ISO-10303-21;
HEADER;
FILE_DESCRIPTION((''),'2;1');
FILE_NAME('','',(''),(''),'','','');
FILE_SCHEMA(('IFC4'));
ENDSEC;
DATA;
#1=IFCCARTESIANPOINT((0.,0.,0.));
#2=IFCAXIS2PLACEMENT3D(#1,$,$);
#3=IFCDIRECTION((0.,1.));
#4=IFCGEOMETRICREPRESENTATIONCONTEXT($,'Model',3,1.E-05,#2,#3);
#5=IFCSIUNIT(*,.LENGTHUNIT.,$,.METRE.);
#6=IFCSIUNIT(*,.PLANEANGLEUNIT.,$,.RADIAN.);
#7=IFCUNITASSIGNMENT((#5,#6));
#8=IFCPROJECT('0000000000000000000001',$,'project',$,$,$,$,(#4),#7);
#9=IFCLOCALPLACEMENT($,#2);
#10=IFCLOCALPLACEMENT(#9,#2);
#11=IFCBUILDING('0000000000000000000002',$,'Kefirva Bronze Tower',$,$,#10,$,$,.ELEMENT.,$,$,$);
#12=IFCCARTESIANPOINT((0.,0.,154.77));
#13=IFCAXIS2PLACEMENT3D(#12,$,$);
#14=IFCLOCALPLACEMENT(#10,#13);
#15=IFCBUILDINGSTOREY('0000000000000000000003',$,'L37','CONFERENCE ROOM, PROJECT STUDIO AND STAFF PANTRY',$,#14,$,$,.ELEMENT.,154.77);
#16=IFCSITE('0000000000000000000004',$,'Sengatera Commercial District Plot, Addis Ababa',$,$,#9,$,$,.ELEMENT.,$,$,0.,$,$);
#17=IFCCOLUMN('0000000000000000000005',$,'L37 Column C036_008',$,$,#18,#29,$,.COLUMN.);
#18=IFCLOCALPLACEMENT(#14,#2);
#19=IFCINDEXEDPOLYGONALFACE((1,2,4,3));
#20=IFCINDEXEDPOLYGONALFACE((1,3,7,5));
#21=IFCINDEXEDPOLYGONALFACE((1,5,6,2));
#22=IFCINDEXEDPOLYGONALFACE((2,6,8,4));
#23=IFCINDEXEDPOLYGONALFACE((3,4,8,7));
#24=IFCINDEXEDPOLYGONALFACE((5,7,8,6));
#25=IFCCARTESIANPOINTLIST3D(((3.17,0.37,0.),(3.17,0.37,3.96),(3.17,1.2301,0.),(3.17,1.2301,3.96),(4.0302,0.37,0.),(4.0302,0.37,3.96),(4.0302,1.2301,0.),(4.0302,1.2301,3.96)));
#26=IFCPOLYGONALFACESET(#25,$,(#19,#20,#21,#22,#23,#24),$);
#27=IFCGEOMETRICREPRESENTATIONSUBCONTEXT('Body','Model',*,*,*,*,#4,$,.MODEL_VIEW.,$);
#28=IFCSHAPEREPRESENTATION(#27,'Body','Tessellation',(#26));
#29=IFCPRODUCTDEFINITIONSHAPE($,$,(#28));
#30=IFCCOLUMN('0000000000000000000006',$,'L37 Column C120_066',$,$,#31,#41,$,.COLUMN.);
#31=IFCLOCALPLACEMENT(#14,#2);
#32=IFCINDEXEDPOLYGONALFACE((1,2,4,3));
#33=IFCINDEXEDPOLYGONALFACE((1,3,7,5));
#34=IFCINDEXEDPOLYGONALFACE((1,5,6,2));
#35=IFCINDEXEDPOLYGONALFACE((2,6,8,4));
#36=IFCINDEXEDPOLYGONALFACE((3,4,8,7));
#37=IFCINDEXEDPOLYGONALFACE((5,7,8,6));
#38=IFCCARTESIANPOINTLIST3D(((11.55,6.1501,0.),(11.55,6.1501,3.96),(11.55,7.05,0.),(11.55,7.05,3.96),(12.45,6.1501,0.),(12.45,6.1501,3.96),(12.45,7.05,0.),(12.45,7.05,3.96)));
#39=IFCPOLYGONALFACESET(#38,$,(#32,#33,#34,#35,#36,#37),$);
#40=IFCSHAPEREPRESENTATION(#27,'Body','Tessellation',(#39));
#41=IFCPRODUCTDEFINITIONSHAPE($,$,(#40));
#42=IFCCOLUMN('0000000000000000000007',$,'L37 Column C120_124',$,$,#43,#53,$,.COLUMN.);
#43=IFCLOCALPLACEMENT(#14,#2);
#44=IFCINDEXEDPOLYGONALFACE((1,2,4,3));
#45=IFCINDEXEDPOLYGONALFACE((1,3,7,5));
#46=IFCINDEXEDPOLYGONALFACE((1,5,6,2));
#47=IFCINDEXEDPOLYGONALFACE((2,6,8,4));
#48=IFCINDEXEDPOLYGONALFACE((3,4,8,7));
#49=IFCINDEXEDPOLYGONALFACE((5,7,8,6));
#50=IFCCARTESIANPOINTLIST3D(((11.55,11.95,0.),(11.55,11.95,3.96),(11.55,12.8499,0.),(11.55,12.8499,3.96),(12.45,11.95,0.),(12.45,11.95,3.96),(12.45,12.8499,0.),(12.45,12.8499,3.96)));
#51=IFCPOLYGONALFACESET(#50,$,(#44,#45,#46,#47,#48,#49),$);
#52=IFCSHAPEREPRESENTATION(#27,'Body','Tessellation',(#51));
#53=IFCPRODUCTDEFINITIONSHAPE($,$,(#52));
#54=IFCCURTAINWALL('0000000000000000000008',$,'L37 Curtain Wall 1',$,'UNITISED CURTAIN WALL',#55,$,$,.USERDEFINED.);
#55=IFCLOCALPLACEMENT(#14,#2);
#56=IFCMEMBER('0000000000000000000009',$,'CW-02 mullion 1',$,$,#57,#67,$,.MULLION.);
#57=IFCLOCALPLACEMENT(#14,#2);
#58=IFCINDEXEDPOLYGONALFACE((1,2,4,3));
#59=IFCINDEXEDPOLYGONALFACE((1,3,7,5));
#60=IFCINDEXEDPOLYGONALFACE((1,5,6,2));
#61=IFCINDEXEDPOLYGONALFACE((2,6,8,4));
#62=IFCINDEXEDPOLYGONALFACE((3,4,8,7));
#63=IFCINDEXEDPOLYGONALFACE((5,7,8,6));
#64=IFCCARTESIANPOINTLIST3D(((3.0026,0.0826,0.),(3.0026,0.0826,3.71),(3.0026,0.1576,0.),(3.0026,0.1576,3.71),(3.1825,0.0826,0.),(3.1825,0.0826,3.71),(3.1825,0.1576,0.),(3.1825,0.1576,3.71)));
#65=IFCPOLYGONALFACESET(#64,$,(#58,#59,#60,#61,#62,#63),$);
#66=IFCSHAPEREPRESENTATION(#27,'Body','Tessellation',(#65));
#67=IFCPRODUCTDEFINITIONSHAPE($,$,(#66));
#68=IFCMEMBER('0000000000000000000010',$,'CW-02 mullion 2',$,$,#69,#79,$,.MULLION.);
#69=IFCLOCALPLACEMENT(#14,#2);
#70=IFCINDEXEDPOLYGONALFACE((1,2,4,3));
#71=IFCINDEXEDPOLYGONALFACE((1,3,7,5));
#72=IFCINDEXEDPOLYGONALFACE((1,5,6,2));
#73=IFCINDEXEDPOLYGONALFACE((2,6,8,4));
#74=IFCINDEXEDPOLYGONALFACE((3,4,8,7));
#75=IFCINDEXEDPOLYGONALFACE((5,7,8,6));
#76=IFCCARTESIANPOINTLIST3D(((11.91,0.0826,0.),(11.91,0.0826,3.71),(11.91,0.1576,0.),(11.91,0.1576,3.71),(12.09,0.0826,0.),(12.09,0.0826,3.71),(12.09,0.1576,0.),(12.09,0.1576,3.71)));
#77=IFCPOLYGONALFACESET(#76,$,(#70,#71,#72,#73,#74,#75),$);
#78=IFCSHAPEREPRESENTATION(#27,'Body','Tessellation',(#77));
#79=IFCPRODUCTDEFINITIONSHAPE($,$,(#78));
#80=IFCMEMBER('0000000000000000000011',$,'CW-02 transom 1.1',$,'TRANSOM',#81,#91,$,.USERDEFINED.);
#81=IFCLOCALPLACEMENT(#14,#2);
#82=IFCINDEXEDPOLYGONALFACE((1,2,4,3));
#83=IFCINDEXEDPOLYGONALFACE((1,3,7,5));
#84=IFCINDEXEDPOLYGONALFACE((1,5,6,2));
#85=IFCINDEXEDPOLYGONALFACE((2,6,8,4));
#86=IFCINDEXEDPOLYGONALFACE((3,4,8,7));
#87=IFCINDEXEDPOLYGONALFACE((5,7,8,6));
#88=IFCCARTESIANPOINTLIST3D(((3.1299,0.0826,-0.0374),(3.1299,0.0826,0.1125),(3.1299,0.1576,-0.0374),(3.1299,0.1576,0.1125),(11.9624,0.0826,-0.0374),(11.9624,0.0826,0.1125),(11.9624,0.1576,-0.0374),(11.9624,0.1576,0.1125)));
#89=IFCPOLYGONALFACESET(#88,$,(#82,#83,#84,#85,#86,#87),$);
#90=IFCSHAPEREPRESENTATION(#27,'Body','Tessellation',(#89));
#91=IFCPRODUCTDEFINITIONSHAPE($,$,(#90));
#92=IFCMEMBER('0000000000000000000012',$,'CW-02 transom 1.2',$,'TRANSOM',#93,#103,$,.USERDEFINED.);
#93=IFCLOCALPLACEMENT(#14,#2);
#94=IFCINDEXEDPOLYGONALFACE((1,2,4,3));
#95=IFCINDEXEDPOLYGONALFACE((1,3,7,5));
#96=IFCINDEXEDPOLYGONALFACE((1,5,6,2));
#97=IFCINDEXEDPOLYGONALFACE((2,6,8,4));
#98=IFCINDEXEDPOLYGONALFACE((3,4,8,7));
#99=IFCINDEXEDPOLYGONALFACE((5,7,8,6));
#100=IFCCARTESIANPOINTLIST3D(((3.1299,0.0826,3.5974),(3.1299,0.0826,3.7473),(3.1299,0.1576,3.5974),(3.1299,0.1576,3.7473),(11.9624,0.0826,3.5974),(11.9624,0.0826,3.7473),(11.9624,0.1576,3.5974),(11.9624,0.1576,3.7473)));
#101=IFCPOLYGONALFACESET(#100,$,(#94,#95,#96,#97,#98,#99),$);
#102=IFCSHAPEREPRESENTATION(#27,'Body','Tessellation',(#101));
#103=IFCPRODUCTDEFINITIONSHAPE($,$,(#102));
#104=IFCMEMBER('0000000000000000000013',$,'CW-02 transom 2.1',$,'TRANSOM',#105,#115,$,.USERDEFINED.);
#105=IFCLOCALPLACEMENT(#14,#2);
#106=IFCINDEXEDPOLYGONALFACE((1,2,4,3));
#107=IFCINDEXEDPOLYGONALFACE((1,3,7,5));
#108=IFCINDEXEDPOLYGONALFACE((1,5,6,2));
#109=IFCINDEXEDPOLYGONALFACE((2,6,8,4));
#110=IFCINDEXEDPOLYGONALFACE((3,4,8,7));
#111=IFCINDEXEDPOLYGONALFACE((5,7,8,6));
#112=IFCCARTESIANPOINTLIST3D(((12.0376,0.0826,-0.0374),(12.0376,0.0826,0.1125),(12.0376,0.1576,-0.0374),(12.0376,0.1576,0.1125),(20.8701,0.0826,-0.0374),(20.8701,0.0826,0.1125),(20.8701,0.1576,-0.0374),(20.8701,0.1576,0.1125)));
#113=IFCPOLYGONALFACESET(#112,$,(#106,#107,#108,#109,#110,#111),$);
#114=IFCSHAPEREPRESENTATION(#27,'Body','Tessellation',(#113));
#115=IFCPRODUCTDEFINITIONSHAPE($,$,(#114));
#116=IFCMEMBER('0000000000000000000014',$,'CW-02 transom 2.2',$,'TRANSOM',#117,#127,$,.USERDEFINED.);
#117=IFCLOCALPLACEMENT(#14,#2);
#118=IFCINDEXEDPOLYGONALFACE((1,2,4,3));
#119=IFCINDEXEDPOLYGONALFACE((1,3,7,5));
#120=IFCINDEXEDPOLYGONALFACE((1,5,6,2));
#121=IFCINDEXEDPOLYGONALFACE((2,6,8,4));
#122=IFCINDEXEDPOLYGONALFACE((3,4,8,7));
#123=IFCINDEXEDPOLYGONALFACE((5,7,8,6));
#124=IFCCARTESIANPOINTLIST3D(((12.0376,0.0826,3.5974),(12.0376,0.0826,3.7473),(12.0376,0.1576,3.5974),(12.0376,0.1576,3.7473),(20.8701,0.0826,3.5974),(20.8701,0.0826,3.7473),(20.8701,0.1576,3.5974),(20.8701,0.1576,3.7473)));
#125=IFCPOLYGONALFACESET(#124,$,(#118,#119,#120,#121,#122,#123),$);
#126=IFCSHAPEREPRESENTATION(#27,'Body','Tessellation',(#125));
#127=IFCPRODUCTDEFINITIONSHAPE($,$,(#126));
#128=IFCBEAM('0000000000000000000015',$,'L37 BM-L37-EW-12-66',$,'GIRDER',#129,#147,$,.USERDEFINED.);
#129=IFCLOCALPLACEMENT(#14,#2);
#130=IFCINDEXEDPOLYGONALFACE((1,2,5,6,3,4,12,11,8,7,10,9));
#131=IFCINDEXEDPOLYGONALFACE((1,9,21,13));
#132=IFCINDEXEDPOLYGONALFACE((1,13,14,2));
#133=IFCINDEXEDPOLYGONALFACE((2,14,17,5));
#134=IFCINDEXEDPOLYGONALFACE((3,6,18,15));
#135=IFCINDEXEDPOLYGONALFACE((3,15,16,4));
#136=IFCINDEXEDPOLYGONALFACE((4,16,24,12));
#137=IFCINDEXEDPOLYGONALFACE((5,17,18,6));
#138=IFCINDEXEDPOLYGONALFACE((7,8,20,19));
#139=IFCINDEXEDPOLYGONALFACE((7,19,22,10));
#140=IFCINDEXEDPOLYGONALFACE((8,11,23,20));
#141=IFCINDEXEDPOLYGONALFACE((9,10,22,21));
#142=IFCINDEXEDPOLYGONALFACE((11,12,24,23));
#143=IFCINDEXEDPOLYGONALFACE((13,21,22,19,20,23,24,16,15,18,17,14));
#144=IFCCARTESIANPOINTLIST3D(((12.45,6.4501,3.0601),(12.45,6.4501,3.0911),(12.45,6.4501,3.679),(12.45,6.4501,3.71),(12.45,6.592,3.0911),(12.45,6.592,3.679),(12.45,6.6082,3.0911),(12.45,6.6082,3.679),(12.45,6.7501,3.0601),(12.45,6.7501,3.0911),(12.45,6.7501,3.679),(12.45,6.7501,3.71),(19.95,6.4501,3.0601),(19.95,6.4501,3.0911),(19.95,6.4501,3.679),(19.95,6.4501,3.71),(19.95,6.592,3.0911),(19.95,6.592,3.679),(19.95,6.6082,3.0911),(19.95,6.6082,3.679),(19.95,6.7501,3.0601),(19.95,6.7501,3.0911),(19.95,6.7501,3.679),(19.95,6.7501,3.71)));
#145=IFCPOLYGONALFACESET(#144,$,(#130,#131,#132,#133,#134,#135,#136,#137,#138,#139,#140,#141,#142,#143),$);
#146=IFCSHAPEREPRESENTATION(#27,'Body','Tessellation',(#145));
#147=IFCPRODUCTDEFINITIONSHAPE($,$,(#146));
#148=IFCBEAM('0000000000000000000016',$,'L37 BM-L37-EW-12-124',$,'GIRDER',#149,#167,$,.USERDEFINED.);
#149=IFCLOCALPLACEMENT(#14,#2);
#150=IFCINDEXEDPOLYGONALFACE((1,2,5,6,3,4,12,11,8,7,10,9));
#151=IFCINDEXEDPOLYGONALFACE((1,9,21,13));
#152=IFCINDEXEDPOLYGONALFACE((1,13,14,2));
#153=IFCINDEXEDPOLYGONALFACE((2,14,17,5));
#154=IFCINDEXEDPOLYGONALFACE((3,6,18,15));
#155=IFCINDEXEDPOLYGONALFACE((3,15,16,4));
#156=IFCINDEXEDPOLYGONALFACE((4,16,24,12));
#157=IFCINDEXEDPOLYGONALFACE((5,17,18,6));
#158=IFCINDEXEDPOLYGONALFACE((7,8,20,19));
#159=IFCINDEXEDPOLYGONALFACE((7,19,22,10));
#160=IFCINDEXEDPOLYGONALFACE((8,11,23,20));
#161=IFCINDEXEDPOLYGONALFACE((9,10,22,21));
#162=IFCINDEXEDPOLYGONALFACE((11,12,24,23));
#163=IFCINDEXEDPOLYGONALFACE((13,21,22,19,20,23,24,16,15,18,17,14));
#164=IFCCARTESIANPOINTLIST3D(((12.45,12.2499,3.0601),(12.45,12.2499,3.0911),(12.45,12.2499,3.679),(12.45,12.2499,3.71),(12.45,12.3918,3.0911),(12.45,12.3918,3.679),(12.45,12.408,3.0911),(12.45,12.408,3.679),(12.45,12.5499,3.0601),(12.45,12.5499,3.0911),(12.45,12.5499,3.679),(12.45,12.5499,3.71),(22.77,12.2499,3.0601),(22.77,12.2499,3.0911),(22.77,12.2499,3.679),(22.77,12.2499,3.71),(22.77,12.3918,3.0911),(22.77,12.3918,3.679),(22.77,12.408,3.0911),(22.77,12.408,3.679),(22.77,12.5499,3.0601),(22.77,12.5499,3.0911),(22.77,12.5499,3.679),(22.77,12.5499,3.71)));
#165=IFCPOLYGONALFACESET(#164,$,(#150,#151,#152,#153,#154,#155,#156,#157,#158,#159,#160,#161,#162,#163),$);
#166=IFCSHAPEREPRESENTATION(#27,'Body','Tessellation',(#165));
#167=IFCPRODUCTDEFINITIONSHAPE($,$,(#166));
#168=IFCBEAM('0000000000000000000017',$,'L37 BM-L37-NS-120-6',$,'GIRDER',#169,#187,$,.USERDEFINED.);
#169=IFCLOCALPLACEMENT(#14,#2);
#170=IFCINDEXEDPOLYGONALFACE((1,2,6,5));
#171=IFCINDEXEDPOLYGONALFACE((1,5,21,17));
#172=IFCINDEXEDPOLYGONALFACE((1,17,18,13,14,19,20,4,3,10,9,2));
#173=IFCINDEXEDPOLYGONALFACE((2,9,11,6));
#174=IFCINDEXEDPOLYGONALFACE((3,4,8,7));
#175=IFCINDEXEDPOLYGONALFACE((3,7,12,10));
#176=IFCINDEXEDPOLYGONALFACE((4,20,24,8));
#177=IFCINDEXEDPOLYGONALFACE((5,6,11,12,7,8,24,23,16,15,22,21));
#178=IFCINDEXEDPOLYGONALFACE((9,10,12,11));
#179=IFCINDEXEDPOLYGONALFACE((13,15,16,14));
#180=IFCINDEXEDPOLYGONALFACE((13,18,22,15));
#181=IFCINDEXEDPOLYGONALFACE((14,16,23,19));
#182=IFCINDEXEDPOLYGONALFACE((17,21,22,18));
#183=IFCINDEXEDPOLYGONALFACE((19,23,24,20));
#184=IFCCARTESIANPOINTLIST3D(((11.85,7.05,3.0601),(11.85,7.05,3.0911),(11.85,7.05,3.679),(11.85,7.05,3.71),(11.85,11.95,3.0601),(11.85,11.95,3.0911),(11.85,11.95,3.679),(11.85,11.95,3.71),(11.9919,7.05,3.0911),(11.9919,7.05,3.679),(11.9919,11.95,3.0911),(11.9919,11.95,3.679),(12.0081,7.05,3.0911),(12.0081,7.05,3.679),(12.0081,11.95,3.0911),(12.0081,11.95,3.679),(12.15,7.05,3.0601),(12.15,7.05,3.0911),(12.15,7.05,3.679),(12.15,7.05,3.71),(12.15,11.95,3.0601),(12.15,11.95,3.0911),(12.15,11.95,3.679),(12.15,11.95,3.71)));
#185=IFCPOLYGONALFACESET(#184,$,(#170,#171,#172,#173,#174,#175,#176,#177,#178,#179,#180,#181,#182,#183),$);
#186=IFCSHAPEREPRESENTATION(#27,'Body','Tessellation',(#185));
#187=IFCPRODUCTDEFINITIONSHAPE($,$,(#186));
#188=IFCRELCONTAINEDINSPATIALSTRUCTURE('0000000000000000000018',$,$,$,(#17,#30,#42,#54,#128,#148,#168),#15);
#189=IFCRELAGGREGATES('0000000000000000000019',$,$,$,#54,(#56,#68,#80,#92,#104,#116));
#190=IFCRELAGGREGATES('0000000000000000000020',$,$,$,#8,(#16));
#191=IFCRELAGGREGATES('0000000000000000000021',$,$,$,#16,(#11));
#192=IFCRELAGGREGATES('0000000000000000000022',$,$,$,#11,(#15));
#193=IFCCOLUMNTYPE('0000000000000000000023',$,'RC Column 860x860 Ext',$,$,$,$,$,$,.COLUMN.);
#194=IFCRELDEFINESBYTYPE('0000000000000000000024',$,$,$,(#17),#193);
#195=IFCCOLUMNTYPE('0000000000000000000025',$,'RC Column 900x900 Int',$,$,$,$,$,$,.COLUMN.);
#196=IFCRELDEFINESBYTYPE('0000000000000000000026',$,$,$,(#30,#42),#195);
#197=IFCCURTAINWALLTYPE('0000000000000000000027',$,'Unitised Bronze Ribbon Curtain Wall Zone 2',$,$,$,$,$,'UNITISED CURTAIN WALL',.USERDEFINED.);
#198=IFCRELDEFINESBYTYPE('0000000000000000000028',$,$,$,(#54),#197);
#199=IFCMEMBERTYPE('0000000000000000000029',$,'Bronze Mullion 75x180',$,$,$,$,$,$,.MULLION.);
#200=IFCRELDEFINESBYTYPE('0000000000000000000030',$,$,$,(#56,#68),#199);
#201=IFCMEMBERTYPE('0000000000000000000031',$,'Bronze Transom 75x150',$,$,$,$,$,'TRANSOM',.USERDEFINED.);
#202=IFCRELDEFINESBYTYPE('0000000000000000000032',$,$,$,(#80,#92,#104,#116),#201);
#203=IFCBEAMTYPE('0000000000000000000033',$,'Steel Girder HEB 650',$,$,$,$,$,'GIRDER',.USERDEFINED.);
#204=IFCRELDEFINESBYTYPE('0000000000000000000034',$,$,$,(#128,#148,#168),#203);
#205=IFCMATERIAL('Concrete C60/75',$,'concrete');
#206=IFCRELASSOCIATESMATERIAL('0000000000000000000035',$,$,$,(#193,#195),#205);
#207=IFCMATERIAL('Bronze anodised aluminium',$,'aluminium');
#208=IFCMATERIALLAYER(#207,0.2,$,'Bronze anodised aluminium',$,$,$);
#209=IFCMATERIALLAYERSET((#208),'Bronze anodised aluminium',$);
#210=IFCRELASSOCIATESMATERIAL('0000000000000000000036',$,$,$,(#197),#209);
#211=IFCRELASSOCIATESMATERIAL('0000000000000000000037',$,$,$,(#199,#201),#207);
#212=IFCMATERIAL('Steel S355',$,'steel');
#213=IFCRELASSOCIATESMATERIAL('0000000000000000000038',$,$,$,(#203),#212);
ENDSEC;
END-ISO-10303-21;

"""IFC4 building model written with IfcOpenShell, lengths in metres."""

from ifc_helpers import new_model, si_unit, direction, frame, origin, origin_2d, place, context, subcontext, project, spatial, rectangle, i_section, extrude, material, layer, layer_set, material_profile, profile_set, type_object, element, aggregate, save


model = new_model("IFC4")

# Units and contexts
model_context = context("Model", 3, precision=1e-05, world=origin(), true_north=direction((0.0, 1.0)))
body_context = subcontext(model_context, "Body", "Model", "MODEL_VIEW")
ifc_project = project(units=[si_unit("LENGTHUNIT", "METRE"), si_unit("PLANEANGLEUNIT", "RADIAN")], contexts=[model_context])

# Site, building, storey
site_placement = place(None, origin())
site = spatial("IfcSite", under=ifc_project, at=site_placement, Name="Sengatera Commercial District Plot, Addis Ababa", CompositionType="ELEMENT", RefElevation=0.0)
building_placement = place(site_placement, origin())
building = spatial("IfcBuilding", under=site, at=building_placement, Name="Kefirva Bronze Tower", CompositionType="ELEMENT")
storey_placement = place(building_placement, frame((0.0, 0.0, 154.77)))
storey = spatial("IfcBuildingStorey", under=building, at=storey_placement, Name="L37", Description="CONFERENCE ROOM, PROJECT STUDIO AND STAFF PANTRY", CompositionType="ELEMENT", Elevation=154.77)

# Columns
ifc_material_1 = material(Name="Concrete C60/75", Category="concrete")
ifc_material_profile_1 = material_profile(ifc_material_1, rectangle(XDim=0.8601, YDim=0.8601, at=origin_2d()), Name="RC 860x860")
ifc_profile_set_1 = profile_set([ifc_material_profile_1], Name="Concrete C60/75")
column_type_1 = type_object("IfcColumnType", Name="RC Column 860x860 Ext", PredefinedType="COLUMN", material=ifc_profile_set_1)
column_placement = place(storey_placement, frame((3.6001, 0.8, 0.0), z_axis=(0.0, 0.0, 1.0), x_axis=(1.0, 0.0, 0.0)))
element("IfcColumn", 1, at=column_placement, inside=storey, type_object=column_type_1, Name="L37 Column C036_008", PredefinedType="COLUMN", context=body_context, shape_type="SweptSolid", body=[
    extrude(rectangle(XDim=0.8601, YDim=0.8601, at=origin_2d()), origin(), (0.0, 0.0, 1.0), 3.96),
])
ifc_material_profile_2 = material_profile(ifc_material_1, rectangle(XDim=0.8999, YDim=0.8999, at=origin_2d()), Name="RC 900x900")
ifc_profile_set_2 = profile_set([ifc_material_profile_2], Name="Concrete C60/75")
column_type_2 = type_object("IfcColumnType", Name="RC Column 900x900 Int", PredefinedType="COLUMN", material=ifc_profile_set_2)
for number, where, z_axis, x_axis, name in (
    (2, (12.0, 6.6001, 0.0), (0.0, 0.0, 1.0), (1.0, 0.0, 0.0), "L37 Column C120_066"),
    (3, (12.0, 12.3999, 0.0), (0.0, 0.0, 1.0), (1.0, 0.0, 0.0), "L37 Column C120_124"),
):
    element("IfcColumn", number, at=place(storey_placement, frame(where, z_axis=z_axis, x_axis=x_axis)), inside=storey, type_object=column_type_2, Name=name, PredefinedType="COLUMN", context=body_context, shape_type="SweptSolid", body=[
        extrude(rectangle(XDim=0.8999, YDim=0.8999, at=origin_2d()), origin(), (0.0, 0.0, 1.0), 3.96),
    ])

# Curtain wall, members
ifc_material_2 = material(Name="Bronze anodised aluminium", Category="aluminium")
ifc_layer_1 = layer(ifc_material_2, 0.2, Name="Bronze anodised aluminium")
ifc_layer_set_1 = layer_set([ifc_layer_1], Name="Bronze anodised aluminium")
curtain_wall_type = type_object("IfcCurtainWallType", Name="Unitised Bronze Ribbon Curtain Wall Zone 2", ElementType="UNITISED CURTAIN WALL", PredefinedType="USERDEFINED", material=ifc_layer_set_1)
curtain_wall_placement = place(storey_placement, origin())
curtain_wall = element("IfcCurtainWall", 4, at=curtain_wall_placement, inside=storey, type_object=curtain_wall_type, Name="L37 Curtain Wall 1", ObjectType="UNITISED CURTAIN WALL", PredefinedType="USERDEFINED")
ifc_material_profile_3 = material_profile(ifc_material_2, rectangle(XDim=0.075, YDim=0.1799, at=origin_2d()), Name="ALU 75x180")
ifc_profile_set_3 = profile_set([ifc_material_profile_3], Name="Bronze anodised aluminium")
member_type_1 = type_object("IfcMemberType", Name="Bronze Mullion 75x180", PredefinedType="MULLION", material=ifc_profile_set_3)
member_1_placement = place(storey_placement, frame((3.0925, 0.1201, 0.0), z_axis=(0.0, 0.0, 1.0), x_axis=(0.0, 1.0, 0.0)))
member_1 = element("IfcMember", 5, at=member_1_placement, type_object=member_type_1, Name="CW-02 mullion 1", PredefinedType="MULLION", context=body_context, shape_type="SweptSolid", body=[
    extrude(rectangle(XDim=0.075, YDim=0.1799, at=origin_2d()), origin(), (0.0, 0.0, 1.0), 3.71),
])
member_2_placement = place(storey_placement, frame((12.0, 0.1201, 0.0), z_axis=(0.0, 0.0, 1.0), x_axis=(0.0, 1.0, 0.0)))
member_2 = element("IfcMember", 6, at=member_2_placement, type_object=member_type_1, Name="CW-02 mullion 2", PredefinedType="MULLION", context=body_context, shape_type="SweptSolid", body=[
    extrude(rectangle(XDim=0.075, YDim=0.1799, at=origin_2d()), origin(), (0.0, 0.0, 1.0), 3.71),
])
ifc_material_profile_4 = material_profile(ifc_material_2, rectangle(XDim=0.075, YDim=0.1499, at=origin_2d()), Name="ALU 75x150")
ifc_profile_set_4 = profile_set([ifc_material_profile_4], Name="Bronze anodised aluminium")
member_type_2 = type_object("IfcMemberType", Name="Bronze Transom 75x150", ElementType="TRANSOM", PredefinedType="USERDEFINED", material=ifc_profile_set_4)
member_3_placement = place(storey_placement, frame((3.1299, 0.1201, 0.0376), z_axis=(1.0, 0.0, 0.0), x_axis=(0.0, 1.0, 0.0)))
member_3 = element("IfcMember", 7, at=member_3_placement, type_object=member_type_2, Name="CW-02 transom 1.1", ObjectType="TRANSOM", PredefinedType="USERDEFINED", context=body_context, shape_type="SweptSolid", body=[
    extrude(rectangle(XDim=0.075, YDim=0.1499, at=origin_2d()), origin(), (0.0, 0.0, 1.0), 8.8325),
])
member_4_placement = place(storey_placement, frame((3.1299, 0.1201, 3.6724), z_axis=(1.0, 0.0, 0.0), x_axis=(0.0, 1.0, 0.0)))
member_4 = element("IfcMember", 8, at=member_4_placement, type_object=member_type_2, Name="CW-02 transom 1.2", ObjectType="TRANSOM", PredefinedType="USERDEFINED", context=body_context, shape_type="SweptSolid", body=[
    extrude(rectangle(XDim=0.075, YDim=0.1499, at=origin_2d()), origin(), (0.0, 0.0, 1.0), 8.8325),
])
member_5_placement = place(storey_placement, frame((12.0376, 0.1201, 0.0376), z_axis=(1.0, 0.0, 0.0), x_axis=(0.0, 1.0, 0.0)))
member_5 = element("IfcMember", 9, at=member_5_placement, type_object=member_type_2, Name="CW-02 transom 2.1", ObjectType="TRANSOM", PredefinedType="USERDEFINED", context=body_context, shape_type="SweptSolid", body=[
    extrude(rectangle(XDim=0.075, YDim=0.1499, at=origin_2d()), origin(), (0.0, 0.0, 1.0), 8.8325),
])
member_6_placement = place(storey_placement, frame((12.0376, 0.1201, 3.6724), z_axis=(1.0, 0.0, 0.0), x_axis=(0.0, 1.0, 0.0)))
member_6 = element("IfcMember", 10, at=member_6_placement, type_object=member_type_2, Name="CW-02 transom 2.2", ObjectType="TRANSOM", PredefinedType="USERDEFINED", context=body_context, shape_type="SweptSolid", body=[
    extrude(rectangle(XDim=0.075, YDim=0.1499, at=origin_2d()), origin(), (0.0, 0.0, 1.0), 8.8325),
])

# Beams
ifc_material_3 = material(Name="Steel S355", Category="steel")
ifc_material_profile_5 = material_profile(ifc_material_3, i_section(OverallWidth=0.3, OverallDepth=0.6499, WebThickness=0.0161, FlangeThickness=0.031, at=origin_2d()), Name="HEB 650")
ifc_profile_set_5 = profile_set([ifc_material_profile_5], Name="Steel S355")
beam_type_1 = type_object("IfcBeamType", Name="Steel Girder HEB 650", ElementType="GIRDER", PredefinedType="USERDEFINED", material=ifc_profile_set_5)
beam_1_placement = place(storey_placement, frame((12.45, 6.6001, 3.385), z_axis=(1.0, 0.0, 0.0), x_axis=(0.0, 1.0, 0.0)))
element("IfcBeam", 11, at=beam_1_placement, inside=storey, type_object=beam_type_1, Name="L37 BM-L37-EW-12-66", ObjectType="GIRDER", PredefinedType="USERDEFINED", context=body_context, shape_type="SweptSolid", body=[
    extrude(i_section(OverallWidth=0.3, OverallDepth=0.6499, WebThickness=0.0161, FlangeThickness=0.031, at=origin_2d()), origin(), (0.0, 0.0, 1.0), 7.5),
])
beam_2_placement = place(storey_placement, frame((12.45, 12.3999, 3.385), z_axis=(1.0, 0.0, 0.0), x_axis=(0.0, 1.0, 0.0)))
element("IfcBeam", 12, at=beam_2_placement, inside=storey, type_object=beam_type_1, Name="L37 BM-L37-EW-12-124", ObjectType="GIRDER", PredefinedType="USERDEFINED", context=body_context, shape_type="SweptSolid", body=[
    extrude(i_section(OverallWidth=0.3, OverallDepth=0.6499, WebThickness=0.0161, FlangeThickness=0.031, at=origin_2d()), origin(), (0.0, 0.0, 1.0), 10.3201),
])
beam_3_placement = place(storey_placement, frame((12.0, 7.05, 3.385), z_axis=(0.0, 1.0, 0.0), x_axis=(-1.0, 0.0, 0.0)))
element("IfcBeam", 13, at=beam_3_placement, inside=storey, type_object=beam_type_1, Name="L37 BM-L37-NS-120-6", ObjectType="GIRDER", PredefinedType="USERDEFINED", context=body_context, shape_type="SweptSolid", body=[
    extrude(i_section(OverallWidth=0.3, OverallDepth=0.6499, WebThickness=0.0161, FlangeThickness=0.031, at=origin_2d()), origin(), (0.0, 0.0, 1.0), 4.8999),
])

aggregate(curtain_wall, [member_1, member_2, member_3, member_4, member_5, member_6])

save(model, "model.ifc")
